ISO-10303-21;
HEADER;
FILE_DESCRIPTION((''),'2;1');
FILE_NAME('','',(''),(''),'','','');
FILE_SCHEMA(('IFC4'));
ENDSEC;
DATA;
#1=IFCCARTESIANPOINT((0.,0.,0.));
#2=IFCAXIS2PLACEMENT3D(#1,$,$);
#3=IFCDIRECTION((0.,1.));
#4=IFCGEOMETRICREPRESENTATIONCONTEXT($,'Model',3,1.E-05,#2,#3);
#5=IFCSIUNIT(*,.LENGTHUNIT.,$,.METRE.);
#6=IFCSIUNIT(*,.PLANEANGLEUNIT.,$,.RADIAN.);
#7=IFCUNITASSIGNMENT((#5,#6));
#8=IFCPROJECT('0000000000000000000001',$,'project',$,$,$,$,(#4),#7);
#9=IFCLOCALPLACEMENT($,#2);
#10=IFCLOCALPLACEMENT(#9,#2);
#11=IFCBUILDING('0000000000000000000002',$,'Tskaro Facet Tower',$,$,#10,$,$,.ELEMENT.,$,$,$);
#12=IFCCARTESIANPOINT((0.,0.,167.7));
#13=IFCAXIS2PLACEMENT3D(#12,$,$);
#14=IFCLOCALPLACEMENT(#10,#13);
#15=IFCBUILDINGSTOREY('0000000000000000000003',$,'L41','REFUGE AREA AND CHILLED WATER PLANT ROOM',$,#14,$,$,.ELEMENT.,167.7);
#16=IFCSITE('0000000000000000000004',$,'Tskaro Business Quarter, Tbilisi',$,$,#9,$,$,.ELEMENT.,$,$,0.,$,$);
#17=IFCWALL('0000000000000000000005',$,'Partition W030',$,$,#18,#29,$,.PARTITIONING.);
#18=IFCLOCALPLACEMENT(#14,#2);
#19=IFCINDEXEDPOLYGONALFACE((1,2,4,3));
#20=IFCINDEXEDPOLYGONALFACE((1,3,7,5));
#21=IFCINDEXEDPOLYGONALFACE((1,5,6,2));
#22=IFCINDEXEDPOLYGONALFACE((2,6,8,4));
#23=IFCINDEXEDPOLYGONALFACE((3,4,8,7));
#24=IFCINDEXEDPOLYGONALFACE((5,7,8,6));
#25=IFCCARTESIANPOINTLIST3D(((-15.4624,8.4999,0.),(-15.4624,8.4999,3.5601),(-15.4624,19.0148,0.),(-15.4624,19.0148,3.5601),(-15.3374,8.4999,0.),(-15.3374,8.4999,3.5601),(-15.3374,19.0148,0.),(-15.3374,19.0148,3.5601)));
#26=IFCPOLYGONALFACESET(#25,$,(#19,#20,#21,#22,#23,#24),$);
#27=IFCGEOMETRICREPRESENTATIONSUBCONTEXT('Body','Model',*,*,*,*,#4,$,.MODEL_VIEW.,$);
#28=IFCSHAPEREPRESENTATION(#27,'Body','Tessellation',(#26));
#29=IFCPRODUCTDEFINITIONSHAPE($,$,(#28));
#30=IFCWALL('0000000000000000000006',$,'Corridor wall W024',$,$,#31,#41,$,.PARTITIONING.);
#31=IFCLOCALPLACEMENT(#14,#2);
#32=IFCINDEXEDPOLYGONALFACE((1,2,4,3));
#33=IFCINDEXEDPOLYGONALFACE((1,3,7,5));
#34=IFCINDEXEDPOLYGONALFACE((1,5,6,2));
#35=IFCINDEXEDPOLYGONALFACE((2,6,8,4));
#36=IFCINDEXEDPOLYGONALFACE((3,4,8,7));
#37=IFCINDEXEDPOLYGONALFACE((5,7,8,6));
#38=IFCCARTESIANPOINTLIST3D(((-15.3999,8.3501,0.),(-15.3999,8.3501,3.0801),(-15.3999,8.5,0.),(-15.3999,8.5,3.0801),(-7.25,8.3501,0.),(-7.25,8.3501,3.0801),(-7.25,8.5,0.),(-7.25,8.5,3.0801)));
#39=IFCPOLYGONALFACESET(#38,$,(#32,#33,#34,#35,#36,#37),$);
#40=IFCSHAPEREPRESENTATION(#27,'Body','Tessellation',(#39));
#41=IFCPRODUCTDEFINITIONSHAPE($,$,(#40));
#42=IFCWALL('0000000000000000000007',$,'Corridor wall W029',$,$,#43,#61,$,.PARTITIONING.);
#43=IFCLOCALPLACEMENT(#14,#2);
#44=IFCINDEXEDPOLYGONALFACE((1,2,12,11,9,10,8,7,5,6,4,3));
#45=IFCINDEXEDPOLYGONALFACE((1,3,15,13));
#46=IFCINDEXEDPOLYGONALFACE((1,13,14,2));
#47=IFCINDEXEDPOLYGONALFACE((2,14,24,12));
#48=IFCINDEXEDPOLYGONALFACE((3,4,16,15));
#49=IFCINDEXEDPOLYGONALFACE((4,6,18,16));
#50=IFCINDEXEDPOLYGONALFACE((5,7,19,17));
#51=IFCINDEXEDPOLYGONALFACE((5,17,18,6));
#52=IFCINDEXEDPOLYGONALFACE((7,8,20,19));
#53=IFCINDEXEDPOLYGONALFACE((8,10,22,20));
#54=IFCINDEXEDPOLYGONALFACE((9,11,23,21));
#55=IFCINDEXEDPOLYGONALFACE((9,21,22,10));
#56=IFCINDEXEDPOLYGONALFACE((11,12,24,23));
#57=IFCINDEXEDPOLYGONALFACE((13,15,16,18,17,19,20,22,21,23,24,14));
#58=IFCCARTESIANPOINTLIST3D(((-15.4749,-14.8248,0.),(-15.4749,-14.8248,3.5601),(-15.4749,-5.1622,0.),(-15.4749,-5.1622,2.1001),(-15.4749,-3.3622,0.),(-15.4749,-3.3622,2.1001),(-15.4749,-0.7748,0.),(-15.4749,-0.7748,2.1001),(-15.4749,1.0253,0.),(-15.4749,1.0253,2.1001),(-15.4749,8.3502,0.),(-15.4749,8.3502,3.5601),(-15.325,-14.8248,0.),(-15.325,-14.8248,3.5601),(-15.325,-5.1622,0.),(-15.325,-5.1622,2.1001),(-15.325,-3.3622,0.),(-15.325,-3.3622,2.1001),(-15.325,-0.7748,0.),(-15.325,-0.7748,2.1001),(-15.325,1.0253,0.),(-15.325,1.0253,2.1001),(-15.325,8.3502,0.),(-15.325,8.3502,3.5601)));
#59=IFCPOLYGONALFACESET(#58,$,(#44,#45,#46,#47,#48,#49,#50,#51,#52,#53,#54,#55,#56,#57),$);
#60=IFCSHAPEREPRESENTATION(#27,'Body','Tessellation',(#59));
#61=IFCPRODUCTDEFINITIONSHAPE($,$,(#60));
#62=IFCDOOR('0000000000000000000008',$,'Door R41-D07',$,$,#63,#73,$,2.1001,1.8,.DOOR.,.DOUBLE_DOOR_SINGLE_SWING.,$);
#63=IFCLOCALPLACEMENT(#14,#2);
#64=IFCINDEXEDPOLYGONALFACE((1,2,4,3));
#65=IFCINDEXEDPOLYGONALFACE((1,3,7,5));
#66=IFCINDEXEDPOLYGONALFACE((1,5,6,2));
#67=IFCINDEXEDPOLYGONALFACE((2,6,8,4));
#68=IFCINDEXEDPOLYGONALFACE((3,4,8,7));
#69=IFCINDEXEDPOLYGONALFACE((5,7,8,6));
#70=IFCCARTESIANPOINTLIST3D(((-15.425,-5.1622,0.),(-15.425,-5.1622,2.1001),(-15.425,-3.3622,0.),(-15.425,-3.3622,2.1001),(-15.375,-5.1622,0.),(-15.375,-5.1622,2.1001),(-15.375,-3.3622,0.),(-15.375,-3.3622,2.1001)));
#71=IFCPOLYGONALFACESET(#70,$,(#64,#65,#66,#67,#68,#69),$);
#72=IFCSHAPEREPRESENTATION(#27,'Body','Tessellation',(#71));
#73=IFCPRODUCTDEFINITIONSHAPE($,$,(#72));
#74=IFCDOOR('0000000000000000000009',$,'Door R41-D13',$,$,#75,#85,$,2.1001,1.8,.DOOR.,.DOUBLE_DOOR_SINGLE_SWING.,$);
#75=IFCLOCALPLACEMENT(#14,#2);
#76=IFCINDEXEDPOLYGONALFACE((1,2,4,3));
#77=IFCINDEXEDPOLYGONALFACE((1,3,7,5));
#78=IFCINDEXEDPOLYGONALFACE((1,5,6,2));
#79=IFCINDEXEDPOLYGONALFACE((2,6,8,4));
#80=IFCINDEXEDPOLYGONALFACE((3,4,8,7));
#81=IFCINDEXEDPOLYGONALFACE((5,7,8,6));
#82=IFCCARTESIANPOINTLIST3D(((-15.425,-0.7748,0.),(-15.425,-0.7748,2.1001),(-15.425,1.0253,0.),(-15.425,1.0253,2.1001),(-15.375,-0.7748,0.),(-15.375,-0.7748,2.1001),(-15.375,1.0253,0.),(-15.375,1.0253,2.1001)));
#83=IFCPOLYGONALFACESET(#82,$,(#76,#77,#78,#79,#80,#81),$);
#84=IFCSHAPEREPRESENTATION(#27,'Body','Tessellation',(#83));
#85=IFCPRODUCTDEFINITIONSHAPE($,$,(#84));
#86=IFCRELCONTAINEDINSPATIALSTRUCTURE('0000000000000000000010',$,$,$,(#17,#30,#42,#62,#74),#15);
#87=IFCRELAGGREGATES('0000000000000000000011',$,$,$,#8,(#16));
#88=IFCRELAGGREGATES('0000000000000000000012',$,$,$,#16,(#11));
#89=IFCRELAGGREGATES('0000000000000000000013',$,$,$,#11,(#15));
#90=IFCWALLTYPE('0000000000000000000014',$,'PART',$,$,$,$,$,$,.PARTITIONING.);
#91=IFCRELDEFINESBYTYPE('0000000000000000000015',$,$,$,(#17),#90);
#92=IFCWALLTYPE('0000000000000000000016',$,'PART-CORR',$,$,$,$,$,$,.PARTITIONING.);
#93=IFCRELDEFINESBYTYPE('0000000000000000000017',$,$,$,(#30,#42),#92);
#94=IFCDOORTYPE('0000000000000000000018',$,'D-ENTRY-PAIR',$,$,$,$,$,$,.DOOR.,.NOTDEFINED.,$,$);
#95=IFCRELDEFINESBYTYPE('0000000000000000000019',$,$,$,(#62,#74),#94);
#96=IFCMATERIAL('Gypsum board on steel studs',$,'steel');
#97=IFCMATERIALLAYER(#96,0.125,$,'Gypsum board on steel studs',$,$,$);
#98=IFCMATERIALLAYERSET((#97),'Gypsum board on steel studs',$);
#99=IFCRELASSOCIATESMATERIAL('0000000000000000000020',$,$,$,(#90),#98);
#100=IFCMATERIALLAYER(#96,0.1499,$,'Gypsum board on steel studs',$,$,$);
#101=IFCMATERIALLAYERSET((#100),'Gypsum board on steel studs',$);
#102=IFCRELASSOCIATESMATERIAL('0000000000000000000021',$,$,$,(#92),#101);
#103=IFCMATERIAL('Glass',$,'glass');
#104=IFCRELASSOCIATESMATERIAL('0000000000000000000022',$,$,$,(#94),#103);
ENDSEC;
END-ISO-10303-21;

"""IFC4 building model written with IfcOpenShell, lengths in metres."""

from ifc_helpers import new_model, si_unit, direction, frame, frame_2d, origin, place, context, subcontext, project, spatial, rectangle, extrude, material, layer, layer_set, type_object, element, fill, save


model = new_model("IFC4")

# Units and contexts
model_context = context("Model", 3, precision=1e-05, world=origin(), true_north=direction((0.0, 1.0)))
body_context = subcontext(model_context, "Body", "Model", "MODEL_VIEW")
ifc_project = project(units=[si_unit("LENGTHUNIT", "METRE"), si_unit("PLANEANGLEUNIT", "RADIAN")], contexts=[model_context])

# Site, building, storey
site_placement = place(None, origin())
site = spatial("IfcSite", under=ifc_project, at=site_placement, Name="Tskaro Business Quarter, Tbilisi", CompositionType="ELEMENT", RefElevation=0.0)
building_placement = place(site_placement, origin())
building = spatial("IfcBuilding", under=site, at=building_placement, Name="Tskaro Facet Tower", CompositionType="ELEMENT")
storey_placement = place(building_placement, frame((0.0, 0.0, 167.7)))
storey = spatial("IfcBuildingStorey", under=building, at=storey_placement, Name="L41", Description="REFUGE AREA AND CHILLED WATER PLANT ROOM", CompositionType="ELEMENT", Elevation=167.7)

# Walls
ifc_material_1 = material(Name="Gypsum board on steel studs", Category="steel")
ifc_layer_1 = layer(ifc_material_1, 0.125, Name="Gypsum board on steel studs")
ifc_layer_set_1 = layer_set([ifc_layer_1], Name="Gypsum board on steel studs")
wall_type_1 = type_object("IfcWallType", Name="PART", PredefinedType="PARTITIONING", material=ifc_layer_set_1)
wall_1_placement = place(storey_placement, frame((-15.3999, 8.5, 0.0), z_axis=(0.0, 0.0, 1.0), x_axis=(0.0, 1.0, 0.0)))
element("IfcWall", 1, at=wall_1_placement, inside=storey, type_object=wall_type_1, Name="Partition W030", PredefinedType="PARTITIONING", context=body_context, shape_type="SweptSolid", body=[
    extrude(rectangle(XDim=10.5149, YDim=0.125, at=frame_2d((5.2573, 0.0))), origin(), (0.0, 0.0, 1.0), 3.5601),
])
ifc_layer_2 = layer(ifc_material_1, 0.1499, Name="Gypsum board on steel studs")
ifc_layer_set_2 = layer_set([ifc_layer_2], Name="Gypsum board on steel studs")
wall_type_2 = type_object("IfcWallType", Name="PART-CORR", PredefinedType="PARTITIONING", material=ifc_layer_set_2)
wall_2_placement = place(storey_placement, frame((-15.3999, 8.425, 0.0), z_axis=(0.0, 0.0, 1.0), x_axis=(1.0, 0.0, 0.0)))
element("IfcWall", 2, at=wall_2_placement, inside=storey, type_object=wall_type_2, Name="Corridor wall W024", PredefinedType="PARTITIONING", context=body_context, shape_type="SweptSolid", body=[
    extrude(rectangle(XDim=8.1499, YDim=0.1499, at=frame_2d((4.075, 0.0))), origin(), (0.0, 0.0, 1.0), 3.0801),
])

# Wall, openings, doors
wall_3_placement = place(storey_placement, frame((-15.3999, 8.3501, 0.0), z_axis=(0.0, 0.0, 1.0), x_axis=(0.0, -1.0, 0.0)))
wall_3 = element("IfcWall", 3, at=wall_3_placement, inside=storey, type_object=wall_type_2, Name="Corridor wall W029", PredefinedType="PARTITIONING", context=body_context, shape_type="SweptSolid", body=[
    extrude(rectangle(XDim=23.175, YDim=0.1499, at=frame_2d((11.5874, 0.0))), origin(), (0.0, 0.0, 1.0), 3.5601),
])
opening_1_placement = place(wall_3_placement, frame((11.7124, 0.0, 0.0)))
opening_1 = element("IfcOpeningElement", 4, at=opening_1_placement, cuts=wall_3, PredefinedType="OPENING", context=body_context, shape_type="SweptSolid", body=[
    extrude(rectangle(XDim=1.8, YDim=2.1001, at=frame_2d((0.8999, 1.05))), frame((0.0, 0.085, 0.0), z_axis=(0.0, -1.0, 0.0), x_axis=(1.0, 0.0, 0.0)), (0.0, 0.0, 1.0), 0.1699),
])
opening_2_placement = place(wall_3_placement, frame((7.325, 0.0, 0.0)))
opening_2 = element("IfcOpeningElement", 5, at=opening_2_placement, cuts=wall_3, PredefinedType="OPENING", context=body_context, shape_type="SweptSolid", body=[
    extrude(rectangle(XDim=1.8, YDim=2.1001, at=frame_2d((0.8999, 1.05))), frame((0.0, 0.085, 0.0), z_axis=(0.0, -1.0, 0.0), x_axis=(1.0, 0.0, 0.0)), (0.0, 0.0, 1.0), 0.1699),
])
ifc_material_2 = material(Name="Glass", Category="glass")
door_type = type_object("IfcDoorType", Name="D-ENTRY-PAIR", OperationType="NOTDEFINED", PredefinedType="DOOR", material=ifc_material_2)
door_1_placement = place(opening_1_placement, origin())
door_1 = element("IfcDoor", 6, at=door_1_placement, inside=storey, type_object=door_type, Name="Door R41-D07", OperationType="DOUBLE_DOOR_SINGLE_SWING", OverallHeight=2.1001, OverallWidth=1.8, PredefinedType="DOOR", context=body_context, shape_type="SweptSolid", body=[
    extrude(rectangle(XDim=1.8, YDim=2.1001, at=frame_2d((0.8999, 1.05))), frame((0.0, 0.0249, 0.0), z_axis=(0.0, -1.0, 0.0), x_axis=(1.0, 0.0, 0.0)), (0.0, 0.0, 1.0), 0.05),
])
fill(opening_1, door_1)
door_2_placement = place(opening_2_placement, origin())
door_2 = element("IfcDoor", 7, at=door_2_placement, inside=storey, type_object=door_type, Name="Door R41-D13", OperationType="DOUBLE_DOOR_SINGLE_SWING", OverallHeight=2.1001, OverallWidth=1.8, PredefinedType="DOOR", context=body_context, shape_type="SweptSolid", body=[
    extrude(rectangle(XDim=1.8, YDim=2.1001, at=frame_2d((0.8999, 1.05))), frame((0.0, 0.0249, 0.0), z_axis=(0.0, -1.0, 0.0), x_axis=(1.0, 0.0, 0.0)), (0.0, 0.0, 1.0), 0.05),
])
fill(opening_2, door_2)

save(model, "model.ifc")
